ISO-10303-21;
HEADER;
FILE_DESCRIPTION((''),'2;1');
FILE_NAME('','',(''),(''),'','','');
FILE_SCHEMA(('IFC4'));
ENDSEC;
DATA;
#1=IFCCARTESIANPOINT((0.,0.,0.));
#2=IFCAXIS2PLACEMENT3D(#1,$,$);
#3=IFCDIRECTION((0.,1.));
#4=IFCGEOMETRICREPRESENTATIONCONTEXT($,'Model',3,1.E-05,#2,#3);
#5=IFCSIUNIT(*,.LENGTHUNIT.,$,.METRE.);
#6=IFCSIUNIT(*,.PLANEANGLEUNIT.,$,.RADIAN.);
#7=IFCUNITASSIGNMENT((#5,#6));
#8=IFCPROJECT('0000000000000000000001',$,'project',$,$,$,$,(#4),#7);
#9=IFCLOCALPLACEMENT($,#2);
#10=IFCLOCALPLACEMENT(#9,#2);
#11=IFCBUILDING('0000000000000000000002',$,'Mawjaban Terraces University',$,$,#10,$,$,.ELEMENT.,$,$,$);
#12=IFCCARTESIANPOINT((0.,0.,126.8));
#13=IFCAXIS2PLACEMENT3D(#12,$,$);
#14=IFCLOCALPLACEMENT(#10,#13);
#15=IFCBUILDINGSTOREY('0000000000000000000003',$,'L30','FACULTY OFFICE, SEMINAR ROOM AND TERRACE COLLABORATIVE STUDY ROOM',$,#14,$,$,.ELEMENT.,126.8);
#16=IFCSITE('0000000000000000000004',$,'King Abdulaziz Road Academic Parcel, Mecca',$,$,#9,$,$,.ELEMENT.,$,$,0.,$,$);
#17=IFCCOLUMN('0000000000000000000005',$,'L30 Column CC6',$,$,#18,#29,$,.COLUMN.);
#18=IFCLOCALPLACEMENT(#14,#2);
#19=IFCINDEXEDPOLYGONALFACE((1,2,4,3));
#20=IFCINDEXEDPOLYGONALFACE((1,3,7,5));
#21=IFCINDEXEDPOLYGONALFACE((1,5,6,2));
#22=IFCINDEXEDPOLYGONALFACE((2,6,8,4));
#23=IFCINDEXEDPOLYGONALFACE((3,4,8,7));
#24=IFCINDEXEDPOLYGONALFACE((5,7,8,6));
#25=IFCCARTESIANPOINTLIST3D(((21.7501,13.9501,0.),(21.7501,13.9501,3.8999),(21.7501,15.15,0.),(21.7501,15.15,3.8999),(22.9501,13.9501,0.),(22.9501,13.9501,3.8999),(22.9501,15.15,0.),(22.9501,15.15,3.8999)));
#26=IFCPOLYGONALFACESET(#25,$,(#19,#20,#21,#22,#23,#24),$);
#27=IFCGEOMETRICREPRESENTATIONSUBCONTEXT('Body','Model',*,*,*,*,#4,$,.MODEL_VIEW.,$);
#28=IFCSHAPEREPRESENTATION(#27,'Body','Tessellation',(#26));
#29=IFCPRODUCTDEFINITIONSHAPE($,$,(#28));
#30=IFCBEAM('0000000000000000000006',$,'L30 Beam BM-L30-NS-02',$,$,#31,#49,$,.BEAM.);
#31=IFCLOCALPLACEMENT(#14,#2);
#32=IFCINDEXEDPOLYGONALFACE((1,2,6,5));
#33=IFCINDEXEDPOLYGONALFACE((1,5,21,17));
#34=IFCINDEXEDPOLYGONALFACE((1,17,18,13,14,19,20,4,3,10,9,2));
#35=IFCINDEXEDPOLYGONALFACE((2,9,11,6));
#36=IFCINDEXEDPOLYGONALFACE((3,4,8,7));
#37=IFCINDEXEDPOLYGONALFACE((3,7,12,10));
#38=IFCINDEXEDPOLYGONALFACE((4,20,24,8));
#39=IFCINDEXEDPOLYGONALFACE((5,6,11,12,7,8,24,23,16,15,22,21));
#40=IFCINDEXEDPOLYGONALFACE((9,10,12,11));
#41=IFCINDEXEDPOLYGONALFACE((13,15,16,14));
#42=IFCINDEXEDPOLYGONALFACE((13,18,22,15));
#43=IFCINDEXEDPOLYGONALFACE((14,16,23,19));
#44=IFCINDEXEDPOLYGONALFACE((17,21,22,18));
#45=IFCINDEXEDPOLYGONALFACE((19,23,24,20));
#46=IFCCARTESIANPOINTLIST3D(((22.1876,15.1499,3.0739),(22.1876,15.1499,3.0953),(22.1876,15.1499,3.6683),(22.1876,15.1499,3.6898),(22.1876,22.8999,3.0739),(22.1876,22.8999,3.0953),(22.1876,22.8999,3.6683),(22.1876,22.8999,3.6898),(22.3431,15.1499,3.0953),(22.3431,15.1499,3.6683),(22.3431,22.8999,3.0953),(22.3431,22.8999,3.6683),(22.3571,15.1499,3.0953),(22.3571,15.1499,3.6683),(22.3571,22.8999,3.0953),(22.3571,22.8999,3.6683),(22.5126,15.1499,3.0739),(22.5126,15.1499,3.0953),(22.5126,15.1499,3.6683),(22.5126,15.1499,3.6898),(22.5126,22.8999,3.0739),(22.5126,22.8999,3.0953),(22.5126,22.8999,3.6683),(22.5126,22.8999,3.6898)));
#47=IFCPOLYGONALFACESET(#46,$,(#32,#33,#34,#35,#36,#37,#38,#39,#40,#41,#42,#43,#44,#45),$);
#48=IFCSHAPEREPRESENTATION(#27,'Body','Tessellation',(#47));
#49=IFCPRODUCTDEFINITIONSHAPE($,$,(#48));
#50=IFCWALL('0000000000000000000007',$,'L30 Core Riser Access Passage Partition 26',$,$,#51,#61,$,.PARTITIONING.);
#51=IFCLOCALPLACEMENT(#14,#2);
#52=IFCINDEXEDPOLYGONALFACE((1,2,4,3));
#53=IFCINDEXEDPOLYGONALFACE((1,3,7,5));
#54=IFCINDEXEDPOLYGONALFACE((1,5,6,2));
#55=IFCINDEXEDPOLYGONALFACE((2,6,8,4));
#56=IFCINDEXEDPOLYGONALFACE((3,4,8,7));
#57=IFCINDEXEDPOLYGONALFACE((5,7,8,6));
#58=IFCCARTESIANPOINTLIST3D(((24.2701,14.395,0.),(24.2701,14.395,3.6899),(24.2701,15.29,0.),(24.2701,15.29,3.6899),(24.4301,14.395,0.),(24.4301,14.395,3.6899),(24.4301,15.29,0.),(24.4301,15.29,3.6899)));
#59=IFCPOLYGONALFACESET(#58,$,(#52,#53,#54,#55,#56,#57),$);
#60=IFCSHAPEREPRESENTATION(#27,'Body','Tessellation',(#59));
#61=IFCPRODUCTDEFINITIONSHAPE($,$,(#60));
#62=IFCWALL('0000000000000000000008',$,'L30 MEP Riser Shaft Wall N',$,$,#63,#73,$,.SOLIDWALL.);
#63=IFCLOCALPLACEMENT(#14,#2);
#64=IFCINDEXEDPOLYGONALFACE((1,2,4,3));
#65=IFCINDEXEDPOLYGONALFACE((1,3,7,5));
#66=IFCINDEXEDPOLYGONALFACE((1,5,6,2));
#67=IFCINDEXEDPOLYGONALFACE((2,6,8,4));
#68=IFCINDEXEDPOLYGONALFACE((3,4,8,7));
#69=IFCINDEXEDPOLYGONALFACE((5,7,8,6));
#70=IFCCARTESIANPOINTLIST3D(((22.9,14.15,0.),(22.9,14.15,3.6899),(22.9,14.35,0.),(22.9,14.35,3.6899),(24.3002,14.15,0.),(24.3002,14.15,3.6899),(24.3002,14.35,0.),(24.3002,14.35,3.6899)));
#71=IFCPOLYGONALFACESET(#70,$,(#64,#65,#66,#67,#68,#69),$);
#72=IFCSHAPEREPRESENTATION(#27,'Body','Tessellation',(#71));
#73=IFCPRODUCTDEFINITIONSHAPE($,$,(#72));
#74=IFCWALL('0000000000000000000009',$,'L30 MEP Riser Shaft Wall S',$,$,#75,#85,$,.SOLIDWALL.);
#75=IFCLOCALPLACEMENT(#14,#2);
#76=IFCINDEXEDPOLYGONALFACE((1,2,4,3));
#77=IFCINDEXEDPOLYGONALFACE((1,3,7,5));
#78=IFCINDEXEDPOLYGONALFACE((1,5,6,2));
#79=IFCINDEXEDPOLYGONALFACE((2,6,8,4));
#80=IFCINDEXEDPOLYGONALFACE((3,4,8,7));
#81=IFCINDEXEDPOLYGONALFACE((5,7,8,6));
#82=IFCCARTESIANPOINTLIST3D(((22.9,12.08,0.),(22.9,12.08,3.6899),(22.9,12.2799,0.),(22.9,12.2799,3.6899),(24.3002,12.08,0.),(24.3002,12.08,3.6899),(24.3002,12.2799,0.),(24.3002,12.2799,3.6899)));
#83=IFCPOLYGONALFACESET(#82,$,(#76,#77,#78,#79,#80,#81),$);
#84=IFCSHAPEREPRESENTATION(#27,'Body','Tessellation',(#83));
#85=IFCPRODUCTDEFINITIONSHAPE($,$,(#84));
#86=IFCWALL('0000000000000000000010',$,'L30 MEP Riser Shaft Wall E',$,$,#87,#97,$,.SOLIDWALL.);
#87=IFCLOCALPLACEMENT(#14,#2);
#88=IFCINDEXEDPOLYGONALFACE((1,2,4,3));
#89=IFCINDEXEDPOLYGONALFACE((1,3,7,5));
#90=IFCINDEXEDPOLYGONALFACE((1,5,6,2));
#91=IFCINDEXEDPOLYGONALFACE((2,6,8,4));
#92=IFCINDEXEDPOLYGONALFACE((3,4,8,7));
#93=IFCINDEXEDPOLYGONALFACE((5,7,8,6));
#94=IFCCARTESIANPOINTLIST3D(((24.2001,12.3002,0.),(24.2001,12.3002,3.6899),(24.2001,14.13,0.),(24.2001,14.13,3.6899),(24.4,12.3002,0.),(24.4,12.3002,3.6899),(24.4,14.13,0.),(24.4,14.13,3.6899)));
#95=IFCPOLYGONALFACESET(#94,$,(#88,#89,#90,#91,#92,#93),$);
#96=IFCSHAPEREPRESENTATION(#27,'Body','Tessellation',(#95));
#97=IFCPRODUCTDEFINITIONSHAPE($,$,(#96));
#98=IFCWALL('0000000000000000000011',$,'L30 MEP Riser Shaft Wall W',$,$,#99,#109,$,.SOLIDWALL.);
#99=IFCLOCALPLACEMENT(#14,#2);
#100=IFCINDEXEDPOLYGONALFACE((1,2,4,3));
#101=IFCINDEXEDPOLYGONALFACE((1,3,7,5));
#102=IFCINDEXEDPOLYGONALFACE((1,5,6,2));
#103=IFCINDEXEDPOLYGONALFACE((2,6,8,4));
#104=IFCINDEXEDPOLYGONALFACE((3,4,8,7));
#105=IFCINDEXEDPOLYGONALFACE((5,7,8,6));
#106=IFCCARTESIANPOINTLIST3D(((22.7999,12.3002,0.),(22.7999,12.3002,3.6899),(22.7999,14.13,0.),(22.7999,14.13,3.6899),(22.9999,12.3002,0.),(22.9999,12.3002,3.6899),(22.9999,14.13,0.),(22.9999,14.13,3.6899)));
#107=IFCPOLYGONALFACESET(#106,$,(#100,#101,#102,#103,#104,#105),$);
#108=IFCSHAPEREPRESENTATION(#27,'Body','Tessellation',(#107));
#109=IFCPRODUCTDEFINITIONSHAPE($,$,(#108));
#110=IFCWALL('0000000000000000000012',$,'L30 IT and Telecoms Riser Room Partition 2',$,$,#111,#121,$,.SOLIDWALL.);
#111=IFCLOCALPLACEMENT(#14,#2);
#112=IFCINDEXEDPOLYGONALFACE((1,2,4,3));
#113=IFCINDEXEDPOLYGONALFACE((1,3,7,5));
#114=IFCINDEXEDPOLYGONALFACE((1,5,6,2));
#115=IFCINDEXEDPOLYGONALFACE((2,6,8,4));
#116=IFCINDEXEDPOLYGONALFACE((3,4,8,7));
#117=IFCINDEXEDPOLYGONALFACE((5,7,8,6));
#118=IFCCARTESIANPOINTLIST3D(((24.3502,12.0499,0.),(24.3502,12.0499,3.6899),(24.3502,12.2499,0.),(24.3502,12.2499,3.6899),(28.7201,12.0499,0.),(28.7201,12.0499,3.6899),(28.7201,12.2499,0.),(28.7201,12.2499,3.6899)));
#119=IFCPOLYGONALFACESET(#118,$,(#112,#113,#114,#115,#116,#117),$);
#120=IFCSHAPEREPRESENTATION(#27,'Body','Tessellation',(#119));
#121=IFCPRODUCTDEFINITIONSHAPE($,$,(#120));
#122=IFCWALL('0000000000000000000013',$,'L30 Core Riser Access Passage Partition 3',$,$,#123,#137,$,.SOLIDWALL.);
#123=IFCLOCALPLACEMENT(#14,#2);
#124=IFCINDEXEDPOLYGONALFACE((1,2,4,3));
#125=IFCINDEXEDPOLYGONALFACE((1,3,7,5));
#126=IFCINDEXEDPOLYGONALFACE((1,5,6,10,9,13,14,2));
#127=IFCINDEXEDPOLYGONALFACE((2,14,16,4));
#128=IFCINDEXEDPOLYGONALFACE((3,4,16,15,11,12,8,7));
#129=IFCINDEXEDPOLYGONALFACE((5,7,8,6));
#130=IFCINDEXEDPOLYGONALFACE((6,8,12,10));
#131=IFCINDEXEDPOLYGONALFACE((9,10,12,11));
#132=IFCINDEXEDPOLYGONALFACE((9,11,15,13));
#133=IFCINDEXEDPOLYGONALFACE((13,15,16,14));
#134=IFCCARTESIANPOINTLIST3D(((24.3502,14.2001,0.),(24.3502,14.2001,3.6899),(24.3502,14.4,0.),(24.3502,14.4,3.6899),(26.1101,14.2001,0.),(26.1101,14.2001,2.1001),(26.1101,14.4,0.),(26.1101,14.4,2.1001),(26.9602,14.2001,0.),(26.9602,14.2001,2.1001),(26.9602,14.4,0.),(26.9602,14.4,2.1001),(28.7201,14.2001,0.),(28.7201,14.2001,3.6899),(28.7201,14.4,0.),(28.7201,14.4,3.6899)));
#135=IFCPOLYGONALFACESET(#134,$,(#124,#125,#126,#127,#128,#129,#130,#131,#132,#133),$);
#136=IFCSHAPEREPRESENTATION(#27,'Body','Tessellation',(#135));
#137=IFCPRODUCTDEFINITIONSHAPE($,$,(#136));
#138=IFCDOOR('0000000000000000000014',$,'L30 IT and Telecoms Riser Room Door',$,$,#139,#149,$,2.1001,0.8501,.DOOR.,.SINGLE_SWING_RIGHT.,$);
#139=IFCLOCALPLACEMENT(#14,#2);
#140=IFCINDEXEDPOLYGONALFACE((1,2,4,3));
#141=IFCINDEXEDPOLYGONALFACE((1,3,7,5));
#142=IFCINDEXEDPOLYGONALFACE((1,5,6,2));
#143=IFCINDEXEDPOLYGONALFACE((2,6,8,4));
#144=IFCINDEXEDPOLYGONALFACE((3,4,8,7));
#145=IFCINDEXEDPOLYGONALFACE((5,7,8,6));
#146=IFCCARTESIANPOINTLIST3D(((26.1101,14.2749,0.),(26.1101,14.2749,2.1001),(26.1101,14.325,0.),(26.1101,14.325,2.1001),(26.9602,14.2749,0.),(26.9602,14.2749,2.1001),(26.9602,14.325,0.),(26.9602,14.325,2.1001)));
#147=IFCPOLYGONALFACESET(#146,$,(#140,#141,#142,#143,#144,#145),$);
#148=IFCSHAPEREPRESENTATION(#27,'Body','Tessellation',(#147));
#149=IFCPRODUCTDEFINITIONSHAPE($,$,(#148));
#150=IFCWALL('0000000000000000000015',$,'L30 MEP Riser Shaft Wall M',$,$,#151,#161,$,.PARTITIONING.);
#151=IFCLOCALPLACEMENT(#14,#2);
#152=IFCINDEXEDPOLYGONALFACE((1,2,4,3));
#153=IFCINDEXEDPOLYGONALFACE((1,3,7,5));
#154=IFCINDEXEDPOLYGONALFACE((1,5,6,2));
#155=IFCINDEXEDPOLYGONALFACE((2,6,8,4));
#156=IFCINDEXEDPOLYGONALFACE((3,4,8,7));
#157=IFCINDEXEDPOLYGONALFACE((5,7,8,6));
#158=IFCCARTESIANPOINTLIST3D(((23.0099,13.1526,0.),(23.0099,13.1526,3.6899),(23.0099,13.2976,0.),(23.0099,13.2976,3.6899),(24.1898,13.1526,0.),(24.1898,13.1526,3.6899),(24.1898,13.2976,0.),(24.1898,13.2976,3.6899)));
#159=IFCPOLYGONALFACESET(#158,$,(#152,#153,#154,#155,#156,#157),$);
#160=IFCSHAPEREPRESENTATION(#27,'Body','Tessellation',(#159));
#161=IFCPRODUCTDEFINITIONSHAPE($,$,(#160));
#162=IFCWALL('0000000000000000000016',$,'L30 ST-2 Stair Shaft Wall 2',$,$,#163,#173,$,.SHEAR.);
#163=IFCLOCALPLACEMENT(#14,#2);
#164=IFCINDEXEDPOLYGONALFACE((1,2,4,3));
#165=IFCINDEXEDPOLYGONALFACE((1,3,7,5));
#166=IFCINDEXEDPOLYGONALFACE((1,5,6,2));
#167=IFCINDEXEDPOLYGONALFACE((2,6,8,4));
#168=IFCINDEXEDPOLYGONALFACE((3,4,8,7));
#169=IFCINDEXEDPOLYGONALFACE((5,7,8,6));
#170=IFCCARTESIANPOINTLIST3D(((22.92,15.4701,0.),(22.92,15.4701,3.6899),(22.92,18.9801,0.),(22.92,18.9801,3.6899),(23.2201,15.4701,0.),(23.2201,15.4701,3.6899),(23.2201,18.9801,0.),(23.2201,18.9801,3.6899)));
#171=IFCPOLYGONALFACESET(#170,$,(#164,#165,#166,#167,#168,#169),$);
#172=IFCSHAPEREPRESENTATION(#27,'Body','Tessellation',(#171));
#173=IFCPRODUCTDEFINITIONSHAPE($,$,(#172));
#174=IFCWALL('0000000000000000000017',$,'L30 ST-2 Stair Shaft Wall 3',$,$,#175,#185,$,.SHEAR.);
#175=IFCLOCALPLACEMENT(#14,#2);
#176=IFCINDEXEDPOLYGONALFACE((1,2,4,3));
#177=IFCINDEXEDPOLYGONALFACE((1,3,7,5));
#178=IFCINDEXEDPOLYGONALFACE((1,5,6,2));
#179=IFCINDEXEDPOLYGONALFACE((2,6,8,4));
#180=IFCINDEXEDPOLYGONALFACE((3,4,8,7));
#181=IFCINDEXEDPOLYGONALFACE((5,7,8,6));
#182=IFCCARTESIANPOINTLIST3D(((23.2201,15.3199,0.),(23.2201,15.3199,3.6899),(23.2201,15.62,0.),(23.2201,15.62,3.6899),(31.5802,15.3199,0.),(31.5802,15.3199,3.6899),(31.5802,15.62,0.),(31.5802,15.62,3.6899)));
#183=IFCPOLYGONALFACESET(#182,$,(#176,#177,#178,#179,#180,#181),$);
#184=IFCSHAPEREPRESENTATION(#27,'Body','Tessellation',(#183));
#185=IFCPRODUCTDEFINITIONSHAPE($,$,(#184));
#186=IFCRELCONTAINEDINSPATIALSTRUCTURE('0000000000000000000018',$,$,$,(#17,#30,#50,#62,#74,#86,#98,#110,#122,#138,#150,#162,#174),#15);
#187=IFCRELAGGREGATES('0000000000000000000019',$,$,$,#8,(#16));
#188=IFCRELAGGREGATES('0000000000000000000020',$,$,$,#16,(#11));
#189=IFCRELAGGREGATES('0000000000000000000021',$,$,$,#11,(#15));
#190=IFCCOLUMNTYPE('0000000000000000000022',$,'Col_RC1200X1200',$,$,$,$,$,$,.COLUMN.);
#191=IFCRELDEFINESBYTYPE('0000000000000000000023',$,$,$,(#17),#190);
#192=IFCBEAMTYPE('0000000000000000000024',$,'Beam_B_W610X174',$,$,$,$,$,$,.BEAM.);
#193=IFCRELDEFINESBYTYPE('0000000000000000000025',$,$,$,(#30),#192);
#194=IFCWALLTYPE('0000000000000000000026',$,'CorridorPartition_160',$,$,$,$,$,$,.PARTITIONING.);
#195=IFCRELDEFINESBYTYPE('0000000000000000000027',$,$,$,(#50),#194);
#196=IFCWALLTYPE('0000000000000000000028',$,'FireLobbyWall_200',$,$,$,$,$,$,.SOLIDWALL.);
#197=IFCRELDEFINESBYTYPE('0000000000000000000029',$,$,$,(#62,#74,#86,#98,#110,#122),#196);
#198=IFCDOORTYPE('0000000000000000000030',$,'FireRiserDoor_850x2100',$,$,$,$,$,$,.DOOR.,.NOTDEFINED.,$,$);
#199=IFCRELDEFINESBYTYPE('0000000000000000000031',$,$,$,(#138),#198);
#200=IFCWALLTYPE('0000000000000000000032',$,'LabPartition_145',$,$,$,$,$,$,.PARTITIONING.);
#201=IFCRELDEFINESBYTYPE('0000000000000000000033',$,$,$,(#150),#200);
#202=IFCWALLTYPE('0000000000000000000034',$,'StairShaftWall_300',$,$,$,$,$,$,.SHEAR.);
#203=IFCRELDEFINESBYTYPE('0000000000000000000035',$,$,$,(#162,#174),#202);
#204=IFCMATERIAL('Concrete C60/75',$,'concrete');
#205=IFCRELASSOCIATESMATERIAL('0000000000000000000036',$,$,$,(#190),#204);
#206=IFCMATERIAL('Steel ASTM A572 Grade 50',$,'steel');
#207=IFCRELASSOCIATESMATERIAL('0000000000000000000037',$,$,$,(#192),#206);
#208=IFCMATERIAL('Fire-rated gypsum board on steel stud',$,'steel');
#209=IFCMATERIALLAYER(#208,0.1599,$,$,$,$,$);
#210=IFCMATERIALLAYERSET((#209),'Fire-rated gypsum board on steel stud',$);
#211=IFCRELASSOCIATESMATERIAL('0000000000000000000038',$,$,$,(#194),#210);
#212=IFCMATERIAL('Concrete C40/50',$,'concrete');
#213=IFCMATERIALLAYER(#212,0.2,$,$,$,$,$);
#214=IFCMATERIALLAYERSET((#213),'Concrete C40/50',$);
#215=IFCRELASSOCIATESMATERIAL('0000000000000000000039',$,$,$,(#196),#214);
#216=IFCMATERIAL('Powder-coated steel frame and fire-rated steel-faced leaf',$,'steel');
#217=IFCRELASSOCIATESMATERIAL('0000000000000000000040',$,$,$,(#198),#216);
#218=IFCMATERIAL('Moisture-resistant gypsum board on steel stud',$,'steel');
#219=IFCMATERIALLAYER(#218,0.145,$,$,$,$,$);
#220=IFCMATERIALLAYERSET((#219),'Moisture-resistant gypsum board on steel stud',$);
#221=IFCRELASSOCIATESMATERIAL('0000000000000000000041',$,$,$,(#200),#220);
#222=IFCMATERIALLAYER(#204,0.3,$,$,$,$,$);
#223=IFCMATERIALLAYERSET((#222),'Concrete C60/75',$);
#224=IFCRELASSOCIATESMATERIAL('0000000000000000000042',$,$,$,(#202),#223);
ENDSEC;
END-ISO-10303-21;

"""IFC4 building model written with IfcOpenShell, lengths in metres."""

from ifc_helpers import new_model, si_unit, direction, frame, frame_2d, origin, origin_2d, place, context, subcontext, project, spatial, rectangle, i_section, extrude, material, layer, layer_set, material_profile, profile_set, type_object, element, fill, save


model = new_model("IFC4")

# Units and contexts
model_context = context("Model", 3, precision=1e-05, world=origin(), true_north=direction((0.0, 1.0)))
body_context = subcontext(model_context, "Body", "Model", "MODEL_VIEW")
ifc_project = project(units=[si_unit("LENGTHUNIT", "METRE"), si_unit("PLANEANGLEUNIT", "RADIAN")], contexts=[model_context])

# Site, building, storey
site_placement = place(None, origin())
site = spatial("IfcSite", under=ifc_project, at=site_placement, Name="King Abdulaziz Road Academic Parcel, Mecca", CompositionType="ELEMENT", RefElevation=0.0)
building_placement = place(site_placement, origin())
building = spatial("IfcBuilding", under=site, at=building_placement, Name="Mawjaban Terraces University", CompositionType="ELEMENT")
storey_placement = place(building_placement, frame((0.0, 0.0, 126.8)))
storey = spatial("IfcBuildingStorey", under=building, at=storey_placement, Name="L30", Description="FACULTY OFFICE, SEMINAR ROOM AND TERRACE COLLABORATIVE STUDY ROOM", CompositionType="ELEMENT", Elevation=126.8)

# Column
ifc_material_1 = material(Name="Concrete C60/75", Category="concrete")
ifc_material_profile_1 = material_profile(ifc_material_1, rectangle(XDim=1.2, YDim=1.2, at=origin_2d()), Name="RC1200X1200")
ifc_profile_set_1 = profile_set([ifc_material_profile_1], Name="Concrete C60/75")
column_type = type_object("IfcColumnType", Name="Col_RC1200X1200", PredefinedType="COLUMN", material=ifc_profile_set_1)
column_placement = place(storey_placement, frame((22.3501, 14.55, 0.0), z_axis=(0.0, 0.0, 1.0), x_axis=(1.0, 0.0, 0.0)))
element("IfcColumn", 1, at=column_placement, inside=storey, type_object=column_type, Name="L30 Column CC6", PredefinedType="COLUMN", context=body_context, shape_type="SweptSolid", body=[
    extrude(rectangle(XDim=1.2, YDim=1.2, at=origin_2d()), origin(), (0.0, 0.0, 1.0), 3.8999),
])

# Beam
ifc_material_2 = material(Name="Steel ASTM A572 Grade 50", Category="steel")
ifc_material_profile_2 = material_profile(ifc_material_2, i_section(OverallWidth=0.325, OverallDepth=0.616, WebThickness=0.0139, FlangeThickness=0.0215, at=origin_2d()), Name="W610X174")
ifc_profile_set_2 = profile_set([ifc_material_profile_2], Name="Steel ASTM A572 Grade 50")
beam_type = type_object("IfcBeamType", Name="Beam_B_W610X174", PredefinedType="BEAM", material=ifc_profile_set_2)
beam_placement = place(storey_placement, frame((22.3501, 15.1499, 3.3818), z_axis=(0.0, 1.0, 0.0), x_axis=(-1.0, 0.0, 0.0)))
element("IfcBeam", 2, at=beam_placement, inside=storey, type_object=beam_type, Name="L30 Beam BM-L30-NS-02", PredefinedType="BEAM", context=body_context, shape_type="SweptSolid", body=[
    extrude(i_section(OverallWidth=0.325, OverallDepth=0.616, WebThickness=0.0139, FlangeThickness=0.0215, at=origin_2d()), origin(), (0.0, 0.0, 1.0), 7.75),
])

# Walls
ifc_material_3 = material(Name="Fire-rated gypsum board on steel stud", Category="steel")
ifc_layer_1 = layer(ifc_material_3, 0.1599)
ifc_layer_set_1 = layer_set([ifc_layer_1], Name="Fire-rated gypsum board on steel stud")
wall_type_1 = type_object("IfcWallType", Name="CorridorPartition_160", PredefinedType="PARTITIONING", material=ifc_layer_set_1)
wall_1_placement = place(storey_placement, frame((24.3501, 15.29, 0.0), z_axis=(0.0, 0.0, 1.0), x_axis=(0.0, -1.0, 0.0)))
element("IfcWall", 3, at=wall_1_placement, inside=storey, type_object=wall_type_1, Name="L30 Core Riser Access Passage Partition 26", PredefinedType="PARTITIONING", context=body_context, shape_type="SweptSolid", body=[
    extrude(rectangle(XDim=0.895, YDim=0.1599, at=frame_2d((0.4475, 0.0))), origin(), (0.0, 0.0, 1.0), 3.6899),
])
ifc_material_4 = material(Name="Concrete C40/50", Category="concrete")
ifc_layer_2 = layer(ifc_material_4, 0.2)
ifc_layer_set_2 = layer_set([ifc_layer_2], Name="Concrete C40/50")
wall_type_2 = type_object("IfcWallType", Name="FireLobbyWall_200", PredefinedType="SOLIDWALL", material=ifc_layer_set_2)
for number, where, z_axis, x_axis, name in (
    (4, (22.8999, 14.25, 0.0), (0.0, 0.0, 1.0), (1.0, 0.0, 0.0), "L30 MEP Riser Shaft Wall N"),
    (5, (22.8999, 12.1799, 0.0), (0.0, 0.0, 1.0), (1.0, 0.0, 0.0), "L30 MEP Riser Shaft Wall S"),
):
    element("IfcWall", number, at=place(storey_placement, frame(where, z_axis=z_axis, x_axis=x_axis)), inside=storey, type_object=wall_type_2, Name=name, PredefinedType="SOLIDWALL", context=body_context, shape_type="SweptSolid", body=[
        extrude(rectangle(XDim=1.4001, YDim=0.2, at=frame_2d((0.7002, 0.0))), origin(), (0.0, 0.0, 1.0), 3.6899),
    ])
for number, where, z_axis, x_axis, name in (
    (6, (24.3, 12.3, 0.0), (0.0, 0.0, 1.0), (0.0, 1.0, 0.0), "L30 MEP Riser Shaft Wall E"),
    (7, (22.8999, 12.3, 0.0), (0.0, 0.0, 1.0), (0.0, 1.0, 0.0), "L30 MEP Riser Shaft Wall W"),
):
    element("IfcWall", number, at=place(storey_placement, frame(where, z_axis=z_axis, x_axis=x_axis)), inside=storey, type_object=wall_type_2, Name=name, PredefinedType="SOLIDWALL", context=body_context, shape_type="SweptSolid", body=[
        extrude(rectangle(XDim=1.8298, YDim=0.2, at=frame_2d((0.915, 0.0))), origin(), (0.0, 0.0, 1.0), 3.6899),
    ])
wall_2_placement = place(storey_placement, frame((24.3501, 12.1499, 0.0), z_axis=(0.0, 0.0, 1.0), x_axis=(1.0, 0.0, 0.0)))
element("IfcWall", 8, at=wall_2_placement, inside=storey, type_object=wall_type_2, Name="L30 IT and Telecoms Riser Room Partition 2", PredefinedType="SOLIDWALL", context=body_context, shape_type="SweptSolid", body=[
    extrude(rectangle(XDim=4.3699, YDim=0.2, at=frame_2d((2.1851, 0.0))), origin(), (0.0, 0.0, 1.0), 3.6899),
])

# Wall, opening, door
wall_3_placement = place(storey_placement, frame((24.3501, 14.3, 0.0), z_axis=(0.0, 0.0, 1.0), x_axis=(1.0, 0.0, 0.0)))
wall_3 = element("IfcWall", 9, at=wall_3_placement, inside=storey, type_object=wall_type_2, Name="L30 Core Riser Access Passage Partition 3", PredefinedType="SOLIDWALL", context=body_context, shape_type="SweptSolid", body=[
    extrude(rectangle(XDim=4.3699, YDim=0.2, at=frame_2d((2.1851, 0.0))), origin(), (0.0, 0.0, 1.0), 3.6899),
])
opening_placement = place(wall_3_placement, frame((1.76, 0.0, 0.0)))
opening = element("IfcOpeningElement", 10, at=opening_placement, cuts=wall_3, PredefinedType="OPENING", context=body_context, shape_type="SweptSolid", body=[
    extrude(rectangle(XDim=0.8501, YDim=2.1001, at=frame_2d((0.425, 1.05))), frame((0.0, 0.1099, 0.0), z_axis=(0.0, -1.0, 0.0), x_axis=(1.0, 0.0, 0.0)), (0.0, 0.0, 1.0), 0.22),
])
ifc_material_5 = material(Name="Powder-coated steel frame and fire-rated steel-faced leaf", Category="steel")
door_type = type_object("IfcDoorType", Name="FireRiserDoor_850x2100", OperationType="NOTDEFINED", PredefinedType="DOOR", material=ifc_material_5)
door_placement = place(opening_placement, origin())
door = element("IfcDoor", 11, at=door_placement, inside=storey, type_object=door_type, Name="L30 IT and Telecoms Riser Room Door", OperationType="SINGLE_SWING_RIGHT", OverallHeight=2.1001, OverallWidth=0.8501, PredefinedType="DOOR", context=body_context, shape_type="SweptSolid", body=[
    extrude(rectangle(XDim=0.8501, YDim=2.1001, at=frame_2d((0.425, 1.05))), frame((0.0, 0.0249, 0.0), z_axis=(0.0, -1.0, 0.0), x_axis=(1.0, 0.0, 0.0)), (0.0, 0.0, 1.0), 0.05),
])
fill(opening, door)

# Walls
ifc_material_6 = material(Name="Moisture-resistant gypsum board on steel stud", Category="steel")
ifc_layer_3 = layer(ifc_material_6, 0.145)
ifc_layer_set_3 = layer_set([ifc_layer_3], Name="Moisture-resistant gypsum board on steel stud")
wall_type_3 = type_object("IfcWallType", Name="LabPartition_145", PredefinedType="PARTITIONING", material=ifc_layer_set_3)
wall_4_placement = place(storey_placement, frame((23.01, 13.2251, 0.0), z_axis=(0.0, 0.0, 1.0), x_axis=(1.0, 0.0, 0.0)))
element("IfcWall", 12, at=wall_4_placement, inside=storey, type_object=wall_type_3, Name="L30 MEP Riser Shaft Wall M", PredefinedType="PARTITIONING", context=body_context, shape_type="SweptSolid", body=[
    extrude(rectangle(XDim=1.1799, YDim=0.145, at=frame_2d((0.5898, 0.0))), origin(), (0.0, 0.0, 1.0), 3.6899),
])
ifc_layer_4 = layer(ifc_material_1, 0.3)
ifc_layer_set_4 = layer_set([ifc_layer_4], Name="Concrete C60/75")
wall_type_4 = type_object("IfcWallType", Name="StairShaftWall_300", PredefinedType="SHEAR", material=ifc_layer_set_4)
wall_5_placement = place(storey_placement, frame((23.0701, 18.98, 0.0), z_axis=(0.0, 0.0, 1.0), x_axis=(0.0, -1.0, 0.0)))
element("IfcWall", 13, at=wall_5_placement, inside=storey, type_object=wall_type_4, Name="L30 ST-2 Stair Shaft Wall 2", PredefinedType="SHEAR", context=body_context, shape_type="SweptSolid", body=[
    extrude(rectangle(XDim=3.51, YDim=0.3, at=frame_2d((1.7549, 0.0))), origin(), (0.0, 0.0, 1.0), 3.6899),
])
wall_6_placement = place(storey_placement, frame((23.22, 15.47, 0.0), z_axis=(0.0, 0.0, 1.0), x_axis=(1.0, 0.0, 0.0)))
element("IfcWall", 14, at=wall_6_placement, inside=storey, type_object=wall_type_4, Name="L30 ST-2 Stair Shaft Wall 3", PredefinedType="SHEAR", context=body_context, shape_type="SweptSolid", body=[
    extrude(rectangle(XDim=8.3601, YDim=0.3, at=frame_2d((4.1802, 0.0))), origin(), (0.0, 0.0, 1.0), 3.6899),
])

save(model, "model.ifc")
